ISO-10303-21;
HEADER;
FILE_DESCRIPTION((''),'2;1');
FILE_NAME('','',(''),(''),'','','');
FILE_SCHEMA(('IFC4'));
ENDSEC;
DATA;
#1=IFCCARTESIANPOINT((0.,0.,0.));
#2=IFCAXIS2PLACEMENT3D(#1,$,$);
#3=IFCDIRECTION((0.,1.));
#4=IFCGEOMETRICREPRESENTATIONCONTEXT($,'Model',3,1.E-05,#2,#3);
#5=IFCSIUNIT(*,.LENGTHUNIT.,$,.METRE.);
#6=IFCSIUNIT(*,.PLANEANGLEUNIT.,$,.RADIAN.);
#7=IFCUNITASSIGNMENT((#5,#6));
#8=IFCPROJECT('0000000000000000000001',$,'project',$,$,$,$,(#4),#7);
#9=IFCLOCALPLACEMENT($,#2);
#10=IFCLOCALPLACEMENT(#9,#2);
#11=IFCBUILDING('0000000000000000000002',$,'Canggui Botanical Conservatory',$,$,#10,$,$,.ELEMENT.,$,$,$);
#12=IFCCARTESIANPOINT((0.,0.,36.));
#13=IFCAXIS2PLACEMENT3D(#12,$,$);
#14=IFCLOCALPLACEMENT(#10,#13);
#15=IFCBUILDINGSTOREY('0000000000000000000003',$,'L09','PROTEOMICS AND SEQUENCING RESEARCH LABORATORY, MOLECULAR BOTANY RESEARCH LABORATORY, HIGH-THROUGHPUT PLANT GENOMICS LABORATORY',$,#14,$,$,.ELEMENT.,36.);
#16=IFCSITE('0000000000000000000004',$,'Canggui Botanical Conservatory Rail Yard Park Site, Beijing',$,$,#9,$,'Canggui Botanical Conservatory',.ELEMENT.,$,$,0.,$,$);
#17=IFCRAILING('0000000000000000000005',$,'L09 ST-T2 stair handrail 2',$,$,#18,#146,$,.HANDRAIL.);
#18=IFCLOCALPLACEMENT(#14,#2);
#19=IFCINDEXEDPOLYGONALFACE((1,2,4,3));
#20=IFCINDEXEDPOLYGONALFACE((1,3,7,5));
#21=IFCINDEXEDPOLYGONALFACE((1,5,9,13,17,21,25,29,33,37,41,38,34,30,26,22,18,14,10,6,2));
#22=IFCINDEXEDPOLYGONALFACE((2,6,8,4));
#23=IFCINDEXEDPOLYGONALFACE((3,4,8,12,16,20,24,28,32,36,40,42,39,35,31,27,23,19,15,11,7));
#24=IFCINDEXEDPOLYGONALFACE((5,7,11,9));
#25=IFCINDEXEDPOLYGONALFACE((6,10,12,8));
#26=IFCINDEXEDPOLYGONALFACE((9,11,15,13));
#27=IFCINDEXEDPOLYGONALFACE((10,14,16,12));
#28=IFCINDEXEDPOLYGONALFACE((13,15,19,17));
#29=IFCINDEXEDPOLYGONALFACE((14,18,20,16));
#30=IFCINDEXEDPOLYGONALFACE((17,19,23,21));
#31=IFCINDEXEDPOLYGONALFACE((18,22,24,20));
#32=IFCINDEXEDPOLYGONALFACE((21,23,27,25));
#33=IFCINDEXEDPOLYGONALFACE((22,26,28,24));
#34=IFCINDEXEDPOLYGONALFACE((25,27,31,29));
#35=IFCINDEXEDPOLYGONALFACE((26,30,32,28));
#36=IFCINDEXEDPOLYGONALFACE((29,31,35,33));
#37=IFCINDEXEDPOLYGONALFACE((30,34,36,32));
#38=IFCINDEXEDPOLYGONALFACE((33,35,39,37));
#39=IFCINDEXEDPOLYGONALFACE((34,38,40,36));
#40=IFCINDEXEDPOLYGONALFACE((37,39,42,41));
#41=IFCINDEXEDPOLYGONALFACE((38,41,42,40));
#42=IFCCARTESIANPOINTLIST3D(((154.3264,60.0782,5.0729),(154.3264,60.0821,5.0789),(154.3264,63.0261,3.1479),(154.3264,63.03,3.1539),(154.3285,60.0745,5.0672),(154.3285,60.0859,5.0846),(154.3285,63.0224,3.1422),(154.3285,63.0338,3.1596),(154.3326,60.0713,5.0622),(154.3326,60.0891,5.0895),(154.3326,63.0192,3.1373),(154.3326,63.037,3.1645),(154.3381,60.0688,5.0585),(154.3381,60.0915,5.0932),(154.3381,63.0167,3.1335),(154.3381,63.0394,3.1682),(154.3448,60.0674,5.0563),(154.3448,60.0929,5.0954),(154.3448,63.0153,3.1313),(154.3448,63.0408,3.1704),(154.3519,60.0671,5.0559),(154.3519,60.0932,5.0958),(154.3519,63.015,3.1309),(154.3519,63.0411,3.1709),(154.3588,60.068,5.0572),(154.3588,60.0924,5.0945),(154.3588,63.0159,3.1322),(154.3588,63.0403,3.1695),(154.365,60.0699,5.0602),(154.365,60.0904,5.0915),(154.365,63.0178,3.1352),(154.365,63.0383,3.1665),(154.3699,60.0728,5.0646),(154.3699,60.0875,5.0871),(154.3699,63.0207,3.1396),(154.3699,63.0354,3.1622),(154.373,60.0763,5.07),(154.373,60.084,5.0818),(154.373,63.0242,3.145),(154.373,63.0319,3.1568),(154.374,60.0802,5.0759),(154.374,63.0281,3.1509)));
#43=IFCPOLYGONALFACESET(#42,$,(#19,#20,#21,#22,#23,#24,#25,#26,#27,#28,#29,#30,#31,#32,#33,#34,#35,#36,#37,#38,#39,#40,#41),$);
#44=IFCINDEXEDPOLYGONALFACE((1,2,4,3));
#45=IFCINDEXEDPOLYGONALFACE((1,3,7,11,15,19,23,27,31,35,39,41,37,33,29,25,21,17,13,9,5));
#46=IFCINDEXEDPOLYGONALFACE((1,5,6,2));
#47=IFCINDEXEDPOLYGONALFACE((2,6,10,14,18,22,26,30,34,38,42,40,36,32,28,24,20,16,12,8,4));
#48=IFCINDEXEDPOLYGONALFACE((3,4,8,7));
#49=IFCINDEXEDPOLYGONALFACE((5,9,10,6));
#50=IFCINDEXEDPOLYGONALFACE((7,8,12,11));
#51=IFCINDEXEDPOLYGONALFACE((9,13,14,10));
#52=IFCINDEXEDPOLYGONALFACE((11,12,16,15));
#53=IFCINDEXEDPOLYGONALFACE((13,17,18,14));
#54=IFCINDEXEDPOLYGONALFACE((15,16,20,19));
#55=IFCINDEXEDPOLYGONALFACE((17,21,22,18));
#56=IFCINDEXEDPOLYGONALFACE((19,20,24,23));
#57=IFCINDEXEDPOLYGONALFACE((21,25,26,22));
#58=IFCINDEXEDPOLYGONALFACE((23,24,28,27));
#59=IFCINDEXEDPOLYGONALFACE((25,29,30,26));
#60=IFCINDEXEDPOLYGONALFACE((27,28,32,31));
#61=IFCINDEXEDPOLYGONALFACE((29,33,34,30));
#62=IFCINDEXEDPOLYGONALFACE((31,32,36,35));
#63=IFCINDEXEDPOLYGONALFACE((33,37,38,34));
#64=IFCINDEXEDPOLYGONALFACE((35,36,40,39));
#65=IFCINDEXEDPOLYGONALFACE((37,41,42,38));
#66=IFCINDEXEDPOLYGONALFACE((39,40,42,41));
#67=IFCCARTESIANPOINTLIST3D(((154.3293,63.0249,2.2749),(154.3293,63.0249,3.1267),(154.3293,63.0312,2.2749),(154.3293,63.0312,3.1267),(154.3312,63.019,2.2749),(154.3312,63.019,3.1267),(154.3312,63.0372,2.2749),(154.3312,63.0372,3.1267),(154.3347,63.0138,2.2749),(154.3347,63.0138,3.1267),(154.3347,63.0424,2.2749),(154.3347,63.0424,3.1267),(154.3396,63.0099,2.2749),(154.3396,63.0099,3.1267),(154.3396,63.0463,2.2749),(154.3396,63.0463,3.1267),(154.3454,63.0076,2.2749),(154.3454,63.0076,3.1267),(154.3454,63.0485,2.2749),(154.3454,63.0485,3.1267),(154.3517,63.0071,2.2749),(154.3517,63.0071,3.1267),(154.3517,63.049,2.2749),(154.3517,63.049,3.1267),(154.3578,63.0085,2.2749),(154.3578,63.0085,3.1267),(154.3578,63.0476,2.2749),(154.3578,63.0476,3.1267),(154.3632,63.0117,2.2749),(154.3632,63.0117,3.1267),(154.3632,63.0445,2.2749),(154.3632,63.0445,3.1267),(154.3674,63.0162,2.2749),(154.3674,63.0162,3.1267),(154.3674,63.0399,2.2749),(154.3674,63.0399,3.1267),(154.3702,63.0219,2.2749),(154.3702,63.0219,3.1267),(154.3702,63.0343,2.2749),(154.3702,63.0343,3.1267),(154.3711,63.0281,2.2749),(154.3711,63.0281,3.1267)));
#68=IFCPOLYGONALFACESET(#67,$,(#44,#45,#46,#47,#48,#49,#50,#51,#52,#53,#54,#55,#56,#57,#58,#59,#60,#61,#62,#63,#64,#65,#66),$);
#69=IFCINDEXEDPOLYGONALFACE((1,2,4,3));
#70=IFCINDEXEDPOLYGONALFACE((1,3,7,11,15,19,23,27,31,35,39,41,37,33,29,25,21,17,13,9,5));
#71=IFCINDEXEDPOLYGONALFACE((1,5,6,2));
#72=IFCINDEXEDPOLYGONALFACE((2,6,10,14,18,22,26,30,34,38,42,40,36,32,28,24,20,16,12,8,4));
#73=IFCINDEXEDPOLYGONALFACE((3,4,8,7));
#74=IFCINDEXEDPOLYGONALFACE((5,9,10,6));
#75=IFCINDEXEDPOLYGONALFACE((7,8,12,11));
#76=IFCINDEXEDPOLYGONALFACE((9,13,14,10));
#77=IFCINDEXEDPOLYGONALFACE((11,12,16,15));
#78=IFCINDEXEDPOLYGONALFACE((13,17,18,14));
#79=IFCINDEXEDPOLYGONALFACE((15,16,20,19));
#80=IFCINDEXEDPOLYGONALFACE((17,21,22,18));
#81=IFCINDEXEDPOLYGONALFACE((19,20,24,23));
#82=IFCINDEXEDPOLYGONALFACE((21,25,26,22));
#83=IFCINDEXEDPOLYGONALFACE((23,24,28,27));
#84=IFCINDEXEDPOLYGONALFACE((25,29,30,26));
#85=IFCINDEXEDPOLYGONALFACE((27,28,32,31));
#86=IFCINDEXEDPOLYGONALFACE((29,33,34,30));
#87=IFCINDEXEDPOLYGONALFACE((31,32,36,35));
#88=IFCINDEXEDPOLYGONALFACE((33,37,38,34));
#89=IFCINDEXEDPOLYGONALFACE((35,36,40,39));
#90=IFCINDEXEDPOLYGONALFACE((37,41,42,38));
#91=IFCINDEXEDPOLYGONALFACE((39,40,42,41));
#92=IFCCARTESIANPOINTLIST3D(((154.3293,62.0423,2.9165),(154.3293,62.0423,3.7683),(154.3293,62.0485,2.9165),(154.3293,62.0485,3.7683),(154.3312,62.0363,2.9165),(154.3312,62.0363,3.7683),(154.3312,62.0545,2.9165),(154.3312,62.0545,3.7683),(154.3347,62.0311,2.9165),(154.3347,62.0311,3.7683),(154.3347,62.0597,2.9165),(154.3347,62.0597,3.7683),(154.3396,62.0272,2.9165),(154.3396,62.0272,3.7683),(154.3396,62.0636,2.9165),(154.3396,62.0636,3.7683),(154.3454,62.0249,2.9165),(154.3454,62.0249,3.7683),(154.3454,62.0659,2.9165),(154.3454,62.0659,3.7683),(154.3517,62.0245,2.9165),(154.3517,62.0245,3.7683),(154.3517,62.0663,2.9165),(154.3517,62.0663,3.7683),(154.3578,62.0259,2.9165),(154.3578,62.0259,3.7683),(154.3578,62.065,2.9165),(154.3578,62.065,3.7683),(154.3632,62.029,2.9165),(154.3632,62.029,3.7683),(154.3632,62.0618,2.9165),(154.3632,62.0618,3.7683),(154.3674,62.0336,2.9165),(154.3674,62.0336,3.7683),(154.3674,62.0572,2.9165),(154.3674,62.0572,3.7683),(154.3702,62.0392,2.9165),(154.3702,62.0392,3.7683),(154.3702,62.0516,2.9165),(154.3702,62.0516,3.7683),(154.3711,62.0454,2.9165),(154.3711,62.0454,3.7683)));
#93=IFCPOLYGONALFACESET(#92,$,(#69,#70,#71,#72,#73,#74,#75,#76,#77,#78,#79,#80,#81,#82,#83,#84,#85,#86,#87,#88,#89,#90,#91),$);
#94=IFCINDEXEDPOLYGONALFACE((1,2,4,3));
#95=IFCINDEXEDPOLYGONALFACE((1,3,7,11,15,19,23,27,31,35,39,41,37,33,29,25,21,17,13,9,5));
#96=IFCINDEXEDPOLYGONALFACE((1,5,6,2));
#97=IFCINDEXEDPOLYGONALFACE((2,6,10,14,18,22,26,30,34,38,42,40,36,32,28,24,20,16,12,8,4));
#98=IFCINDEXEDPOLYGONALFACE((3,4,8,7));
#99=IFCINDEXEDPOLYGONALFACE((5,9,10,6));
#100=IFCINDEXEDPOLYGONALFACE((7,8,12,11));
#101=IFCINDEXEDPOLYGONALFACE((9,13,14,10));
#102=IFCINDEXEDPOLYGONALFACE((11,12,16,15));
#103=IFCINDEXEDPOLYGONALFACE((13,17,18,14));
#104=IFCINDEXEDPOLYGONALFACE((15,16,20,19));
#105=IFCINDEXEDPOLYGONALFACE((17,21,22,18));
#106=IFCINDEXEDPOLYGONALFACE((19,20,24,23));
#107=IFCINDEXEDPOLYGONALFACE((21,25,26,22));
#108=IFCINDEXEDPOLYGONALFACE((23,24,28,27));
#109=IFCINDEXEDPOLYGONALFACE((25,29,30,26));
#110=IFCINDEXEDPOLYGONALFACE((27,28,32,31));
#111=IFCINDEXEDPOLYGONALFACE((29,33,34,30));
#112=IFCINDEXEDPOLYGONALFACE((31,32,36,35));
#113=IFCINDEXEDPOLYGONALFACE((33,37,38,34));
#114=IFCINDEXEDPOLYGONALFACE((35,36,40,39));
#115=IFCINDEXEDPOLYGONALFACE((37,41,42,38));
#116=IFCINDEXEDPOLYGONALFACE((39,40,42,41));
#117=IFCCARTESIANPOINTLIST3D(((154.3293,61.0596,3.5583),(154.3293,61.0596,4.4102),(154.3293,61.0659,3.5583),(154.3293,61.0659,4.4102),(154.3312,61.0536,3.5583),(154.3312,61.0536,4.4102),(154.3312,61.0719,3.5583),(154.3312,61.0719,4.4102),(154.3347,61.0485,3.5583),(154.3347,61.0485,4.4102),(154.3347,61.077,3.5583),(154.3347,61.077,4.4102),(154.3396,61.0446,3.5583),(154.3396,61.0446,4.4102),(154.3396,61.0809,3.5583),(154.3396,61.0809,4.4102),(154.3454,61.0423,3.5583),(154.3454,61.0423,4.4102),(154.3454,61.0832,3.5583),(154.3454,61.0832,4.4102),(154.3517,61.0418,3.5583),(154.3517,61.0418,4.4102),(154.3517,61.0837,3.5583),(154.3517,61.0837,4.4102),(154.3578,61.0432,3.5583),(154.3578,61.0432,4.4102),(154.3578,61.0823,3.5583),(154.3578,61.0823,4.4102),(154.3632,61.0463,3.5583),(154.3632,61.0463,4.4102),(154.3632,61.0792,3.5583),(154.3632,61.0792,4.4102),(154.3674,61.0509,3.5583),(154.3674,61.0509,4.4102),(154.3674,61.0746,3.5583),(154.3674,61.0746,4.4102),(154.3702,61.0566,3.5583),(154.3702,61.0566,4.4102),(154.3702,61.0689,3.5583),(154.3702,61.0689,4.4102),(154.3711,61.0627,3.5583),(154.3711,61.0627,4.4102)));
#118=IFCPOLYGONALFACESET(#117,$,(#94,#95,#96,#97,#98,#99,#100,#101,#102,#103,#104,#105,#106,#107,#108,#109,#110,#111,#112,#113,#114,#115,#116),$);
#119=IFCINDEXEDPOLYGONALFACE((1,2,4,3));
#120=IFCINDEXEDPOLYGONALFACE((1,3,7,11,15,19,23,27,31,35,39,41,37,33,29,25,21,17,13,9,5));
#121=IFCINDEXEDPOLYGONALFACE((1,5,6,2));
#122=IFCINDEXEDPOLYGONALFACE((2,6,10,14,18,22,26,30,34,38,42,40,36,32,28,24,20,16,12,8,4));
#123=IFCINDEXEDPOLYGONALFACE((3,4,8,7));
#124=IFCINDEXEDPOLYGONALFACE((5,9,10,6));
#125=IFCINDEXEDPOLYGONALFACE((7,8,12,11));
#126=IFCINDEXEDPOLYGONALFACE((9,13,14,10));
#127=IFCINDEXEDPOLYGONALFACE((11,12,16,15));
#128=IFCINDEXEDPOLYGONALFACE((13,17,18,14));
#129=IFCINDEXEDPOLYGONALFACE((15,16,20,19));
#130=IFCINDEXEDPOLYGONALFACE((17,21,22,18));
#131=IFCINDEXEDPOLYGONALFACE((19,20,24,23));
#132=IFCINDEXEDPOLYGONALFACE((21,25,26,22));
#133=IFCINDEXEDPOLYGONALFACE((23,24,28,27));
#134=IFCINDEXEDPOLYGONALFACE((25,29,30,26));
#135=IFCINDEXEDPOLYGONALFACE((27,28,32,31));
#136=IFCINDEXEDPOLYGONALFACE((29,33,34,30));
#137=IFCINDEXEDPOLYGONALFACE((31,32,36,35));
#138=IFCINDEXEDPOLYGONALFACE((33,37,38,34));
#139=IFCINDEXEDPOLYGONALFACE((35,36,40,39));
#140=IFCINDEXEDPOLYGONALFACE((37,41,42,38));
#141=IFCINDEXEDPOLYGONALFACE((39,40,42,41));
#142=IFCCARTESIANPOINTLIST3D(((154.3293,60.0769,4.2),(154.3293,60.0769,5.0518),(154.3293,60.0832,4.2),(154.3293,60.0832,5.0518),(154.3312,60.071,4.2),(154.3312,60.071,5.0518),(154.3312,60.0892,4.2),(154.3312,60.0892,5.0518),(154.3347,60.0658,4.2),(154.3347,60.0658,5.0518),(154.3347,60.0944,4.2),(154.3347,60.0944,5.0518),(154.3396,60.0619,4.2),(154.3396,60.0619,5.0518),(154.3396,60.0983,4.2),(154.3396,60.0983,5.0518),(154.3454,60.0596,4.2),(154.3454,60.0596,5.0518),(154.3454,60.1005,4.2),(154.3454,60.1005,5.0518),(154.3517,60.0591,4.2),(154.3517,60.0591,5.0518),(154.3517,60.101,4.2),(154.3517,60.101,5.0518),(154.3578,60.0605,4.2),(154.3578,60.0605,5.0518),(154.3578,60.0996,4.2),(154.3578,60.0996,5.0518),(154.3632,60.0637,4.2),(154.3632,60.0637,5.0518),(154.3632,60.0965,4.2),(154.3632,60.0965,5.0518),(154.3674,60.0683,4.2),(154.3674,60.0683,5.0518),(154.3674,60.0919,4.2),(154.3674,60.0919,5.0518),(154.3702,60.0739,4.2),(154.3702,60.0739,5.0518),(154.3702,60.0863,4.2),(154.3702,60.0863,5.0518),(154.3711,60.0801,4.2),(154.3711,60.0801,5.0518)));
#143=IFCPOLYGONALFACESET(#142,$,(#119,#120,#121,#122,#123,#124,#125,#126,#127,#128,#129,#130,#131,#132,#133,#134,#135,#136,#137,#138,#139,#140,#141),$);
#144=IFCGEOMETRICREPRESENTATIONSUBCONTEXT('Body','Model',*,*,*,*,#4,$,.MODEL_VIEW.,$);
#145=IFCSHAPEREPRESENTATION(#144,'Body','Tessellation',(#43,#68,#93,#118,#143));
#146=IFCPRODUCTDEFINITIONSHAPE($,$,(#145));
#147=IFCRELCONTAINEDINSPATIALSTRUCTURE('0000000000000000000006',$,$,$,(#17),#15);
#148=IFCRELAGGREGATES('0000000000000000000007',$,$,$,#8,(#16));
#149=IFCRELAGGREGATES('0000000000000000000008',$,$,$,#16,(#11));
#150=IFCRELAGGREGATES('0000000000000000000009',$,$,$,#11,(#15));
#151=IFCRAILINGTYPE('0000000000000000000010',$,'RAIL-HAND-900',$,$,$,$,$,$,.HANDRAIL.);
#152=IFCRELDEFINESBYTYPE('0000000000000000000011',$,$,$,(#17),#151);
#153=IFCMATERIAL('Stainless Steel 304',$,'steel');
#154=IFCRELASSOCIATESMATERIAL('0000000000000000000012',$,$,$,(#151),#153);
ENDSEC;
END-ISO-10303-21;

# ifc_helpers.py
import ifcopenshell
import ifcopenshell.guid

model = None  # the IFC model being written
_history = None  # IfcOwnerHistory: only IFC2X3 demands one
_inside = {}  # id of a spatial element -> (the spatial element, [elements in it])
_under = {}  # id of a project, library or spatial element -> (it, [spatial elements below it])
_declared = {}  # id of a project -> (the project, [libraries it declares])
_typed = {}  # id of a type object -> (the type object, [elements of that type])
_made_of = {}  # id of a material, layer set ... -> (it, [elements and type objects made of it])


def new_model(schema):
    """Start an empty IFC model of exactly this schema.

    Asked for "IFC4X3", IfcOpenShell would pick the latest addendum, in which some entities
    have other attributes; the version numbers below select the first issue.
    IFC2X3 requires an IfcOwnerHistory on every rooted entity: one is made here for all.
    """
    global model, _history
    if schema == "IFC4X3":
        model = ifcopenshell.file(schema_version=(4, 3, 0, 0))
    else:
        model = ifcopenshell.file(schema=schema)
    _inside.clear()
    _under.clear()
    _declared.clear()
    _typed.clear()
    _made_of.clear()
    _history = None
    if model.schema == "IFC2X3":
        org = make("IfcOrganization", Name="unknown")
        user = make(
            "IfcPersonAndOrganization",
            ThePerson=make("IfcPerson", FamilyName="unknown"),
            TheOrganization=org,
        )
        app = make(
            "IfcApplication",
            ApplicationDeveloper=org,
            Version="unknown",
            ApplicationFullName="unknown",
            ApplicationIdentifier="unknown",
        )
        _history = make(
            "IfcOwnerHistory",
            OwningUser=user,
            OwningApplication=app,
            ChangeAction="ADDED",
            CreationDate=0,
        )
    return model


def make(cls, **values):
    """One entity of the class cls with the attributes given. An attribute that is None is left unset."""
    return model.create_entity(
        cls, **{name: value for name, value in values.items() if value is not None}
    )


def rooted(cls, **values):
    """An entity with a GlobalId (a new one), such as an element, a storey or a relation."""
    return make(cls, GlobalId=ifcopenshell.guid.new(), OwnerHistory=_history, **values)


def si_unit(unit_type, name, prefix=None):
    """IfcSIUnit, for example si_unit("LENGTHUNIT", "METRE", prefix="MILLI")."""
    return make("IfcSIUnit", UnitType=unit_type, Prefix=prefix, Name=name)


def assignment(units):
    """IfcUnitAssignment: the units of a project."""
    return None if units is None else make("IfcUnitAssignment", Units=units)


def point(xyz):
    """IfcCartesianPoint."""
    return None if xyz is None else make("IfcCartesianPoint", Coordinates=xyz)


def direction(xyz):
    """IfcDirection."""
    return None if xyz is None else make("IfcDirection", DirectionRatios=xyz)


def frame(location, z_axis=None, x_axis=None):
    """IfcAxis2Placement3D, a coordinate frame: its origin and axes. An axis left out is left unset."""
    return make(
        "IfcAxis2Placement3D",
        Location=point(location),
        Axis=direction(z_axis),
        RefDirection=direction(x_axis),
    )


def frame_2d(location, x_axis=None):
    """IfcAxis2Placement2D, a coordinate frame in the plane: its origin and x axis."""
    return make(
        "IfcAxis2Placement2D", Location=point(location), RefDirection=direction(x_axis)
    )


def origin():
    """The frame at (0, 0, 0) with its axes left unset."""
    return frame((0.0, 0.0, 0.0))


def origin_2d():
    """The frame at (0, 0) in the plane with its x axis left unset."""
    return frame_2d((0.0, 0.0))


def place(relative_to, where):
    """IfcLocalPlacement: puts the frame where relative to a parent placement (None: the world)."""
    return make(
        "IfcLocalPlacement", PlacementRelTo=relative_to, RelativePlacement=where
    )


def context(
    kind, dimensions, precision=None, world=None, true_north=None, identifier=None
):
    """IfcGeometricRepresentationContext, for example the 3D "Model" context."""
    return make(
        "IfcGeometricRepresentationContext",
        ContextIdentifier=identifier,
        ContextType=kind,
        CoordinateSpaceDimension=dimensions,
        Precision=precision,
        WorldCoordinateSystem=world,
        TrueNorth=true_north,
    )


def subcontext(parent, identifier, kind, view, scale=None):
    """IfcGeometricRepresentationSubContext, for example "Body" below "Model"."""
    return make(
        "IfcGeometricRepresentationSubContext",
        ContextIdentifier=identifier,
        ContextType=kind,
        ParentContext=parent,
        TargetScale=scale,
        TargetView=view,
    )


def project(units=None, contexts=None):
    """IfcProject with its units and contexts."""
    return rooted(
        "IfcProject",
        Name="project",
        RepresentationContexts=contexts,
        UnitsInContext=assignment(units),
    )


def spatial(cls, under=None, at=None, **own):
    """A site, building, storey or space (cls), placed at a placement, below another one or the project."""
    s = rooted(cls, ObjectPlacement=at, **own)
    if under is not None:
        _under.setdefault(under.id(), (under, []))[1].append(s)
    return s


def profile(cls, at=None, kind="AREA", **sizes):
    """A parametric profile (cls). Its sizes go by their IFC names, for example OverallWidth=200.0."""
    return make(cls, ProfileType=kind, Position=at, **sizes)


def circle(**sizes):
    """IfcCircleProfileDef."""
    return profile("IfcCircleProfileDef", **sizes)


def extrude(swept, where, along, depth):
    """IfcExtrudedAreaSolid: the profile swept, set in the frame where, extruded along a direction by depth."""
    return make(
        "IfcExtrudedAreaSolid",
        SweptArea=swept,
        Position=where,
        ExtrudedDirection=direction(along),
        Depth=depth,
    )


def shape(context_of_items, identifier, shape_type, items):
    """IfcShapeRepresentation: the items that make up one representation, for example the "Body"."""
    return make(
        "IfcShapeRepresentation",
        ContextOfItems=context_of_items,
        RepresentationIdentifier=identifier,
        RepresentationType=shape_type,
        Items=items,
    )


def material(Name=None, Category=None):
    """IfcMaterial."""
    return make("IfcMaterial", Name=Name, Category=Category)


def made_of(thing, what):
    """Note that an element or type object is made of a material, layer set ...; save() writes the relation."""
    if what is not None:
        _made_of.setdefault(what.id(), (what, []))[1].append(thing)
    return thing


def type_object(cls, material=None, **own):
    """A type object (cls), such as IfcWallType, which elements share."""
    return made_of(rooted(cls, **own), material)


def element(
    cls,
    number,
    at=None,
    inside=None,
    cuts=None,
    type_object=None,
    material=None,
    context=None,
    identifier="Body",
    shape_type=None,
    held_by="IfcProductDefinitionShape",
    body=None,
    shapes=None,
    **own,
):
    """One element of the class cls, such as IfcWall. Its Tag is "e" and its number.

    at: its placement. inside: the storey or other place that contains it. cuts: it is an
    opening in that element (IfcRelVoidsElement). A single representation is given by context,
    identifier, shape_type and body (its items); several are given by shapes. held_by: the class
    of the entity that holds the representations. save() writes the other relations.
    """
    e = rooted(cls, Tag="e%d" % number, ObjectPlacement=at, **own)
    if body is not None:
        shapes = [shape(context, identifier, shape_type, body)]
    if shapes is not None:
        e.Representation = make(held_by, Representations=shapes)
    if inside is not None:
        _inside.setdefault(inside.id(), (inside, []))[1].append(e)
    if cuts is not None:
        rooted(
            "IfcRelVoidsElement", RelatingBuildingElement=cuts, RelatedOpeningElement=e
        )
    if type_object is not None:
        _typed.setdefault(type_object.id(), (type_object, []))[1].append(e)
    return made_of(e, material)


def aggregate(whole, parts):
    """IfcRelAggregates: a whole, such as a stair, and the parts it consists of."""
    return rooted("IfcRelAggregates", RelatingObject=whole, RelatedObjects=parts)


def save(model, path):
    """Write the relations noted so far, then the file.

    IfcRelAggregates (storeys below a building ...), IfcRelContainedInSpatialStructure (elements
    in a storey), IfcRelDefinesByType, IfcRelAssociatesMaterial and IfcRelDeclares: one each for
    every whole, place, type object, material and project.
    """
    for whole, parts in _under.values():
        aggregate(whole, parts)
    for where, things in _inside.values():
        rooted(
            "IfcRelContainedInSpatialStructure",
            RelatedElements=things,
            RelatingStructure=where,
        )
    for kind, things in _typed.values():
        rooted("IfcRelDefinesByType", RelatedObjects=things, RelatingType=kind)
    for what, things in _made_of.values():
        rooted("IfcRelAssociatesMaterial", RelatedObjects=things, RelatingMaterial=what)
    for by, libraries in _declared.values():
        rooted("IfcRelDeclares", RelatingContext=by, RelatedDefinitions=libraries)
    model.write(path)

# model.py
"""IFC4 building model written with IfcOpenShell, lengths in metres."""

from ifc_helpers import new_model, si_unit, direction, frame, origin, origin_2d, place, context, subcontext, project, spatial, circle, extrude, material, type_object, element, save


model = new_model("IFC4")

# Units and contexts
model_context = context("Model", 3, precision=1e-05, world=origin(), true_north=direction((0.0, 1.0)))
body_context = subcontext(model_context, "Body", "Model", "MODEL_VIEW")
ifc_project = project(units=[si_unit("LENGTHUNIT", "METRE"), si_unit("PLANEANGLEUNIT", "RADIAN")], contexts=[model_context])

# Site, building, storey
site_placement = place(None, origin())
site = spatial("IfcSite", under=ifc_project, at=site_placement, Name="Canggui Botanical Conservatory Rail Yard Park Site, Beijing", LongName="Canggui Botanical Conservatory", CompositionType="ELEMENT", RefElevation=0.0)
building_placement = place(site_placement, origin())
building = spatial("IfcBuilding", under=site, at=building_placement, Name="Canggui Botanical Conservatory", CompositionType="ELEMENT")
storey_placement = place(building_placement, frame((0.0, 0.0, 36.0)))
storey = spatial("IfcBuildingStorey", under=building, at=storey_placement, Name="L09", Description="PROTEOMICS AND SEQUENCING RESEARCH LABORATORY, MOLECULAR BOTANY RESEARCH LABORATORY, HIGH-THROUGHPUT PLANT GENOMICS LABORATORY", CompositionType="ELEMENT", Elevation=36.0)

# Shared definitions
ifc_material_1 = material(Name="Stainless Steel 304", Category="steel")

# Railing
railing_type_1 = type_object("IfcRailingType", Name="RAIL-HAND-900", PredefinedType="HANDRAIL", material=ifc_material_1)
railing_1_placement = place(storey_placement, frame((154.3501, 63.0281, 2.2749)))
element("IfcRailing", 1, at=railing_1_placement, inside=storey, type_object=railing_type_1, Name="L09 ST-T2 stair handrail 2", PredefinedType="HANDRAIL", context=body_context, shape_type="SweptSolid", body=[
    extrude(circle(Radius=0.0239, at=origin_2d()), frame((0.0, 0.0, 0.876), z_axis=(0.0, -0.837293, 0.546754), x_axis=(1.0, 0.0, 0.0)), (0.0, 0.0, 1.0), 3.5208),
    extrude(circle(Radius=0.021, at=origin_2d()), origin(), (0.0, 0.0, 1.0), 0.8518),
    extrude(circle(Radius=0.021, at=origin_2d()), frame((0.0, -0.9827, 0.6416)), (0.0, 0.0, 1.0), 0.8518),
    extrude(circle(Radius=0.021, at=origin_2d()), frame((0.0, -1.9653, 1.2834)), (0.0, 0.0, 1.0), 0.8518),
    extrude(circle(Radius=0.021, at=origin_2d()), frame((0.0, -2.948, 1.925)), (0.0, 0.0, 1.0), 0.8518),
])

save(model, "model.ifc")
